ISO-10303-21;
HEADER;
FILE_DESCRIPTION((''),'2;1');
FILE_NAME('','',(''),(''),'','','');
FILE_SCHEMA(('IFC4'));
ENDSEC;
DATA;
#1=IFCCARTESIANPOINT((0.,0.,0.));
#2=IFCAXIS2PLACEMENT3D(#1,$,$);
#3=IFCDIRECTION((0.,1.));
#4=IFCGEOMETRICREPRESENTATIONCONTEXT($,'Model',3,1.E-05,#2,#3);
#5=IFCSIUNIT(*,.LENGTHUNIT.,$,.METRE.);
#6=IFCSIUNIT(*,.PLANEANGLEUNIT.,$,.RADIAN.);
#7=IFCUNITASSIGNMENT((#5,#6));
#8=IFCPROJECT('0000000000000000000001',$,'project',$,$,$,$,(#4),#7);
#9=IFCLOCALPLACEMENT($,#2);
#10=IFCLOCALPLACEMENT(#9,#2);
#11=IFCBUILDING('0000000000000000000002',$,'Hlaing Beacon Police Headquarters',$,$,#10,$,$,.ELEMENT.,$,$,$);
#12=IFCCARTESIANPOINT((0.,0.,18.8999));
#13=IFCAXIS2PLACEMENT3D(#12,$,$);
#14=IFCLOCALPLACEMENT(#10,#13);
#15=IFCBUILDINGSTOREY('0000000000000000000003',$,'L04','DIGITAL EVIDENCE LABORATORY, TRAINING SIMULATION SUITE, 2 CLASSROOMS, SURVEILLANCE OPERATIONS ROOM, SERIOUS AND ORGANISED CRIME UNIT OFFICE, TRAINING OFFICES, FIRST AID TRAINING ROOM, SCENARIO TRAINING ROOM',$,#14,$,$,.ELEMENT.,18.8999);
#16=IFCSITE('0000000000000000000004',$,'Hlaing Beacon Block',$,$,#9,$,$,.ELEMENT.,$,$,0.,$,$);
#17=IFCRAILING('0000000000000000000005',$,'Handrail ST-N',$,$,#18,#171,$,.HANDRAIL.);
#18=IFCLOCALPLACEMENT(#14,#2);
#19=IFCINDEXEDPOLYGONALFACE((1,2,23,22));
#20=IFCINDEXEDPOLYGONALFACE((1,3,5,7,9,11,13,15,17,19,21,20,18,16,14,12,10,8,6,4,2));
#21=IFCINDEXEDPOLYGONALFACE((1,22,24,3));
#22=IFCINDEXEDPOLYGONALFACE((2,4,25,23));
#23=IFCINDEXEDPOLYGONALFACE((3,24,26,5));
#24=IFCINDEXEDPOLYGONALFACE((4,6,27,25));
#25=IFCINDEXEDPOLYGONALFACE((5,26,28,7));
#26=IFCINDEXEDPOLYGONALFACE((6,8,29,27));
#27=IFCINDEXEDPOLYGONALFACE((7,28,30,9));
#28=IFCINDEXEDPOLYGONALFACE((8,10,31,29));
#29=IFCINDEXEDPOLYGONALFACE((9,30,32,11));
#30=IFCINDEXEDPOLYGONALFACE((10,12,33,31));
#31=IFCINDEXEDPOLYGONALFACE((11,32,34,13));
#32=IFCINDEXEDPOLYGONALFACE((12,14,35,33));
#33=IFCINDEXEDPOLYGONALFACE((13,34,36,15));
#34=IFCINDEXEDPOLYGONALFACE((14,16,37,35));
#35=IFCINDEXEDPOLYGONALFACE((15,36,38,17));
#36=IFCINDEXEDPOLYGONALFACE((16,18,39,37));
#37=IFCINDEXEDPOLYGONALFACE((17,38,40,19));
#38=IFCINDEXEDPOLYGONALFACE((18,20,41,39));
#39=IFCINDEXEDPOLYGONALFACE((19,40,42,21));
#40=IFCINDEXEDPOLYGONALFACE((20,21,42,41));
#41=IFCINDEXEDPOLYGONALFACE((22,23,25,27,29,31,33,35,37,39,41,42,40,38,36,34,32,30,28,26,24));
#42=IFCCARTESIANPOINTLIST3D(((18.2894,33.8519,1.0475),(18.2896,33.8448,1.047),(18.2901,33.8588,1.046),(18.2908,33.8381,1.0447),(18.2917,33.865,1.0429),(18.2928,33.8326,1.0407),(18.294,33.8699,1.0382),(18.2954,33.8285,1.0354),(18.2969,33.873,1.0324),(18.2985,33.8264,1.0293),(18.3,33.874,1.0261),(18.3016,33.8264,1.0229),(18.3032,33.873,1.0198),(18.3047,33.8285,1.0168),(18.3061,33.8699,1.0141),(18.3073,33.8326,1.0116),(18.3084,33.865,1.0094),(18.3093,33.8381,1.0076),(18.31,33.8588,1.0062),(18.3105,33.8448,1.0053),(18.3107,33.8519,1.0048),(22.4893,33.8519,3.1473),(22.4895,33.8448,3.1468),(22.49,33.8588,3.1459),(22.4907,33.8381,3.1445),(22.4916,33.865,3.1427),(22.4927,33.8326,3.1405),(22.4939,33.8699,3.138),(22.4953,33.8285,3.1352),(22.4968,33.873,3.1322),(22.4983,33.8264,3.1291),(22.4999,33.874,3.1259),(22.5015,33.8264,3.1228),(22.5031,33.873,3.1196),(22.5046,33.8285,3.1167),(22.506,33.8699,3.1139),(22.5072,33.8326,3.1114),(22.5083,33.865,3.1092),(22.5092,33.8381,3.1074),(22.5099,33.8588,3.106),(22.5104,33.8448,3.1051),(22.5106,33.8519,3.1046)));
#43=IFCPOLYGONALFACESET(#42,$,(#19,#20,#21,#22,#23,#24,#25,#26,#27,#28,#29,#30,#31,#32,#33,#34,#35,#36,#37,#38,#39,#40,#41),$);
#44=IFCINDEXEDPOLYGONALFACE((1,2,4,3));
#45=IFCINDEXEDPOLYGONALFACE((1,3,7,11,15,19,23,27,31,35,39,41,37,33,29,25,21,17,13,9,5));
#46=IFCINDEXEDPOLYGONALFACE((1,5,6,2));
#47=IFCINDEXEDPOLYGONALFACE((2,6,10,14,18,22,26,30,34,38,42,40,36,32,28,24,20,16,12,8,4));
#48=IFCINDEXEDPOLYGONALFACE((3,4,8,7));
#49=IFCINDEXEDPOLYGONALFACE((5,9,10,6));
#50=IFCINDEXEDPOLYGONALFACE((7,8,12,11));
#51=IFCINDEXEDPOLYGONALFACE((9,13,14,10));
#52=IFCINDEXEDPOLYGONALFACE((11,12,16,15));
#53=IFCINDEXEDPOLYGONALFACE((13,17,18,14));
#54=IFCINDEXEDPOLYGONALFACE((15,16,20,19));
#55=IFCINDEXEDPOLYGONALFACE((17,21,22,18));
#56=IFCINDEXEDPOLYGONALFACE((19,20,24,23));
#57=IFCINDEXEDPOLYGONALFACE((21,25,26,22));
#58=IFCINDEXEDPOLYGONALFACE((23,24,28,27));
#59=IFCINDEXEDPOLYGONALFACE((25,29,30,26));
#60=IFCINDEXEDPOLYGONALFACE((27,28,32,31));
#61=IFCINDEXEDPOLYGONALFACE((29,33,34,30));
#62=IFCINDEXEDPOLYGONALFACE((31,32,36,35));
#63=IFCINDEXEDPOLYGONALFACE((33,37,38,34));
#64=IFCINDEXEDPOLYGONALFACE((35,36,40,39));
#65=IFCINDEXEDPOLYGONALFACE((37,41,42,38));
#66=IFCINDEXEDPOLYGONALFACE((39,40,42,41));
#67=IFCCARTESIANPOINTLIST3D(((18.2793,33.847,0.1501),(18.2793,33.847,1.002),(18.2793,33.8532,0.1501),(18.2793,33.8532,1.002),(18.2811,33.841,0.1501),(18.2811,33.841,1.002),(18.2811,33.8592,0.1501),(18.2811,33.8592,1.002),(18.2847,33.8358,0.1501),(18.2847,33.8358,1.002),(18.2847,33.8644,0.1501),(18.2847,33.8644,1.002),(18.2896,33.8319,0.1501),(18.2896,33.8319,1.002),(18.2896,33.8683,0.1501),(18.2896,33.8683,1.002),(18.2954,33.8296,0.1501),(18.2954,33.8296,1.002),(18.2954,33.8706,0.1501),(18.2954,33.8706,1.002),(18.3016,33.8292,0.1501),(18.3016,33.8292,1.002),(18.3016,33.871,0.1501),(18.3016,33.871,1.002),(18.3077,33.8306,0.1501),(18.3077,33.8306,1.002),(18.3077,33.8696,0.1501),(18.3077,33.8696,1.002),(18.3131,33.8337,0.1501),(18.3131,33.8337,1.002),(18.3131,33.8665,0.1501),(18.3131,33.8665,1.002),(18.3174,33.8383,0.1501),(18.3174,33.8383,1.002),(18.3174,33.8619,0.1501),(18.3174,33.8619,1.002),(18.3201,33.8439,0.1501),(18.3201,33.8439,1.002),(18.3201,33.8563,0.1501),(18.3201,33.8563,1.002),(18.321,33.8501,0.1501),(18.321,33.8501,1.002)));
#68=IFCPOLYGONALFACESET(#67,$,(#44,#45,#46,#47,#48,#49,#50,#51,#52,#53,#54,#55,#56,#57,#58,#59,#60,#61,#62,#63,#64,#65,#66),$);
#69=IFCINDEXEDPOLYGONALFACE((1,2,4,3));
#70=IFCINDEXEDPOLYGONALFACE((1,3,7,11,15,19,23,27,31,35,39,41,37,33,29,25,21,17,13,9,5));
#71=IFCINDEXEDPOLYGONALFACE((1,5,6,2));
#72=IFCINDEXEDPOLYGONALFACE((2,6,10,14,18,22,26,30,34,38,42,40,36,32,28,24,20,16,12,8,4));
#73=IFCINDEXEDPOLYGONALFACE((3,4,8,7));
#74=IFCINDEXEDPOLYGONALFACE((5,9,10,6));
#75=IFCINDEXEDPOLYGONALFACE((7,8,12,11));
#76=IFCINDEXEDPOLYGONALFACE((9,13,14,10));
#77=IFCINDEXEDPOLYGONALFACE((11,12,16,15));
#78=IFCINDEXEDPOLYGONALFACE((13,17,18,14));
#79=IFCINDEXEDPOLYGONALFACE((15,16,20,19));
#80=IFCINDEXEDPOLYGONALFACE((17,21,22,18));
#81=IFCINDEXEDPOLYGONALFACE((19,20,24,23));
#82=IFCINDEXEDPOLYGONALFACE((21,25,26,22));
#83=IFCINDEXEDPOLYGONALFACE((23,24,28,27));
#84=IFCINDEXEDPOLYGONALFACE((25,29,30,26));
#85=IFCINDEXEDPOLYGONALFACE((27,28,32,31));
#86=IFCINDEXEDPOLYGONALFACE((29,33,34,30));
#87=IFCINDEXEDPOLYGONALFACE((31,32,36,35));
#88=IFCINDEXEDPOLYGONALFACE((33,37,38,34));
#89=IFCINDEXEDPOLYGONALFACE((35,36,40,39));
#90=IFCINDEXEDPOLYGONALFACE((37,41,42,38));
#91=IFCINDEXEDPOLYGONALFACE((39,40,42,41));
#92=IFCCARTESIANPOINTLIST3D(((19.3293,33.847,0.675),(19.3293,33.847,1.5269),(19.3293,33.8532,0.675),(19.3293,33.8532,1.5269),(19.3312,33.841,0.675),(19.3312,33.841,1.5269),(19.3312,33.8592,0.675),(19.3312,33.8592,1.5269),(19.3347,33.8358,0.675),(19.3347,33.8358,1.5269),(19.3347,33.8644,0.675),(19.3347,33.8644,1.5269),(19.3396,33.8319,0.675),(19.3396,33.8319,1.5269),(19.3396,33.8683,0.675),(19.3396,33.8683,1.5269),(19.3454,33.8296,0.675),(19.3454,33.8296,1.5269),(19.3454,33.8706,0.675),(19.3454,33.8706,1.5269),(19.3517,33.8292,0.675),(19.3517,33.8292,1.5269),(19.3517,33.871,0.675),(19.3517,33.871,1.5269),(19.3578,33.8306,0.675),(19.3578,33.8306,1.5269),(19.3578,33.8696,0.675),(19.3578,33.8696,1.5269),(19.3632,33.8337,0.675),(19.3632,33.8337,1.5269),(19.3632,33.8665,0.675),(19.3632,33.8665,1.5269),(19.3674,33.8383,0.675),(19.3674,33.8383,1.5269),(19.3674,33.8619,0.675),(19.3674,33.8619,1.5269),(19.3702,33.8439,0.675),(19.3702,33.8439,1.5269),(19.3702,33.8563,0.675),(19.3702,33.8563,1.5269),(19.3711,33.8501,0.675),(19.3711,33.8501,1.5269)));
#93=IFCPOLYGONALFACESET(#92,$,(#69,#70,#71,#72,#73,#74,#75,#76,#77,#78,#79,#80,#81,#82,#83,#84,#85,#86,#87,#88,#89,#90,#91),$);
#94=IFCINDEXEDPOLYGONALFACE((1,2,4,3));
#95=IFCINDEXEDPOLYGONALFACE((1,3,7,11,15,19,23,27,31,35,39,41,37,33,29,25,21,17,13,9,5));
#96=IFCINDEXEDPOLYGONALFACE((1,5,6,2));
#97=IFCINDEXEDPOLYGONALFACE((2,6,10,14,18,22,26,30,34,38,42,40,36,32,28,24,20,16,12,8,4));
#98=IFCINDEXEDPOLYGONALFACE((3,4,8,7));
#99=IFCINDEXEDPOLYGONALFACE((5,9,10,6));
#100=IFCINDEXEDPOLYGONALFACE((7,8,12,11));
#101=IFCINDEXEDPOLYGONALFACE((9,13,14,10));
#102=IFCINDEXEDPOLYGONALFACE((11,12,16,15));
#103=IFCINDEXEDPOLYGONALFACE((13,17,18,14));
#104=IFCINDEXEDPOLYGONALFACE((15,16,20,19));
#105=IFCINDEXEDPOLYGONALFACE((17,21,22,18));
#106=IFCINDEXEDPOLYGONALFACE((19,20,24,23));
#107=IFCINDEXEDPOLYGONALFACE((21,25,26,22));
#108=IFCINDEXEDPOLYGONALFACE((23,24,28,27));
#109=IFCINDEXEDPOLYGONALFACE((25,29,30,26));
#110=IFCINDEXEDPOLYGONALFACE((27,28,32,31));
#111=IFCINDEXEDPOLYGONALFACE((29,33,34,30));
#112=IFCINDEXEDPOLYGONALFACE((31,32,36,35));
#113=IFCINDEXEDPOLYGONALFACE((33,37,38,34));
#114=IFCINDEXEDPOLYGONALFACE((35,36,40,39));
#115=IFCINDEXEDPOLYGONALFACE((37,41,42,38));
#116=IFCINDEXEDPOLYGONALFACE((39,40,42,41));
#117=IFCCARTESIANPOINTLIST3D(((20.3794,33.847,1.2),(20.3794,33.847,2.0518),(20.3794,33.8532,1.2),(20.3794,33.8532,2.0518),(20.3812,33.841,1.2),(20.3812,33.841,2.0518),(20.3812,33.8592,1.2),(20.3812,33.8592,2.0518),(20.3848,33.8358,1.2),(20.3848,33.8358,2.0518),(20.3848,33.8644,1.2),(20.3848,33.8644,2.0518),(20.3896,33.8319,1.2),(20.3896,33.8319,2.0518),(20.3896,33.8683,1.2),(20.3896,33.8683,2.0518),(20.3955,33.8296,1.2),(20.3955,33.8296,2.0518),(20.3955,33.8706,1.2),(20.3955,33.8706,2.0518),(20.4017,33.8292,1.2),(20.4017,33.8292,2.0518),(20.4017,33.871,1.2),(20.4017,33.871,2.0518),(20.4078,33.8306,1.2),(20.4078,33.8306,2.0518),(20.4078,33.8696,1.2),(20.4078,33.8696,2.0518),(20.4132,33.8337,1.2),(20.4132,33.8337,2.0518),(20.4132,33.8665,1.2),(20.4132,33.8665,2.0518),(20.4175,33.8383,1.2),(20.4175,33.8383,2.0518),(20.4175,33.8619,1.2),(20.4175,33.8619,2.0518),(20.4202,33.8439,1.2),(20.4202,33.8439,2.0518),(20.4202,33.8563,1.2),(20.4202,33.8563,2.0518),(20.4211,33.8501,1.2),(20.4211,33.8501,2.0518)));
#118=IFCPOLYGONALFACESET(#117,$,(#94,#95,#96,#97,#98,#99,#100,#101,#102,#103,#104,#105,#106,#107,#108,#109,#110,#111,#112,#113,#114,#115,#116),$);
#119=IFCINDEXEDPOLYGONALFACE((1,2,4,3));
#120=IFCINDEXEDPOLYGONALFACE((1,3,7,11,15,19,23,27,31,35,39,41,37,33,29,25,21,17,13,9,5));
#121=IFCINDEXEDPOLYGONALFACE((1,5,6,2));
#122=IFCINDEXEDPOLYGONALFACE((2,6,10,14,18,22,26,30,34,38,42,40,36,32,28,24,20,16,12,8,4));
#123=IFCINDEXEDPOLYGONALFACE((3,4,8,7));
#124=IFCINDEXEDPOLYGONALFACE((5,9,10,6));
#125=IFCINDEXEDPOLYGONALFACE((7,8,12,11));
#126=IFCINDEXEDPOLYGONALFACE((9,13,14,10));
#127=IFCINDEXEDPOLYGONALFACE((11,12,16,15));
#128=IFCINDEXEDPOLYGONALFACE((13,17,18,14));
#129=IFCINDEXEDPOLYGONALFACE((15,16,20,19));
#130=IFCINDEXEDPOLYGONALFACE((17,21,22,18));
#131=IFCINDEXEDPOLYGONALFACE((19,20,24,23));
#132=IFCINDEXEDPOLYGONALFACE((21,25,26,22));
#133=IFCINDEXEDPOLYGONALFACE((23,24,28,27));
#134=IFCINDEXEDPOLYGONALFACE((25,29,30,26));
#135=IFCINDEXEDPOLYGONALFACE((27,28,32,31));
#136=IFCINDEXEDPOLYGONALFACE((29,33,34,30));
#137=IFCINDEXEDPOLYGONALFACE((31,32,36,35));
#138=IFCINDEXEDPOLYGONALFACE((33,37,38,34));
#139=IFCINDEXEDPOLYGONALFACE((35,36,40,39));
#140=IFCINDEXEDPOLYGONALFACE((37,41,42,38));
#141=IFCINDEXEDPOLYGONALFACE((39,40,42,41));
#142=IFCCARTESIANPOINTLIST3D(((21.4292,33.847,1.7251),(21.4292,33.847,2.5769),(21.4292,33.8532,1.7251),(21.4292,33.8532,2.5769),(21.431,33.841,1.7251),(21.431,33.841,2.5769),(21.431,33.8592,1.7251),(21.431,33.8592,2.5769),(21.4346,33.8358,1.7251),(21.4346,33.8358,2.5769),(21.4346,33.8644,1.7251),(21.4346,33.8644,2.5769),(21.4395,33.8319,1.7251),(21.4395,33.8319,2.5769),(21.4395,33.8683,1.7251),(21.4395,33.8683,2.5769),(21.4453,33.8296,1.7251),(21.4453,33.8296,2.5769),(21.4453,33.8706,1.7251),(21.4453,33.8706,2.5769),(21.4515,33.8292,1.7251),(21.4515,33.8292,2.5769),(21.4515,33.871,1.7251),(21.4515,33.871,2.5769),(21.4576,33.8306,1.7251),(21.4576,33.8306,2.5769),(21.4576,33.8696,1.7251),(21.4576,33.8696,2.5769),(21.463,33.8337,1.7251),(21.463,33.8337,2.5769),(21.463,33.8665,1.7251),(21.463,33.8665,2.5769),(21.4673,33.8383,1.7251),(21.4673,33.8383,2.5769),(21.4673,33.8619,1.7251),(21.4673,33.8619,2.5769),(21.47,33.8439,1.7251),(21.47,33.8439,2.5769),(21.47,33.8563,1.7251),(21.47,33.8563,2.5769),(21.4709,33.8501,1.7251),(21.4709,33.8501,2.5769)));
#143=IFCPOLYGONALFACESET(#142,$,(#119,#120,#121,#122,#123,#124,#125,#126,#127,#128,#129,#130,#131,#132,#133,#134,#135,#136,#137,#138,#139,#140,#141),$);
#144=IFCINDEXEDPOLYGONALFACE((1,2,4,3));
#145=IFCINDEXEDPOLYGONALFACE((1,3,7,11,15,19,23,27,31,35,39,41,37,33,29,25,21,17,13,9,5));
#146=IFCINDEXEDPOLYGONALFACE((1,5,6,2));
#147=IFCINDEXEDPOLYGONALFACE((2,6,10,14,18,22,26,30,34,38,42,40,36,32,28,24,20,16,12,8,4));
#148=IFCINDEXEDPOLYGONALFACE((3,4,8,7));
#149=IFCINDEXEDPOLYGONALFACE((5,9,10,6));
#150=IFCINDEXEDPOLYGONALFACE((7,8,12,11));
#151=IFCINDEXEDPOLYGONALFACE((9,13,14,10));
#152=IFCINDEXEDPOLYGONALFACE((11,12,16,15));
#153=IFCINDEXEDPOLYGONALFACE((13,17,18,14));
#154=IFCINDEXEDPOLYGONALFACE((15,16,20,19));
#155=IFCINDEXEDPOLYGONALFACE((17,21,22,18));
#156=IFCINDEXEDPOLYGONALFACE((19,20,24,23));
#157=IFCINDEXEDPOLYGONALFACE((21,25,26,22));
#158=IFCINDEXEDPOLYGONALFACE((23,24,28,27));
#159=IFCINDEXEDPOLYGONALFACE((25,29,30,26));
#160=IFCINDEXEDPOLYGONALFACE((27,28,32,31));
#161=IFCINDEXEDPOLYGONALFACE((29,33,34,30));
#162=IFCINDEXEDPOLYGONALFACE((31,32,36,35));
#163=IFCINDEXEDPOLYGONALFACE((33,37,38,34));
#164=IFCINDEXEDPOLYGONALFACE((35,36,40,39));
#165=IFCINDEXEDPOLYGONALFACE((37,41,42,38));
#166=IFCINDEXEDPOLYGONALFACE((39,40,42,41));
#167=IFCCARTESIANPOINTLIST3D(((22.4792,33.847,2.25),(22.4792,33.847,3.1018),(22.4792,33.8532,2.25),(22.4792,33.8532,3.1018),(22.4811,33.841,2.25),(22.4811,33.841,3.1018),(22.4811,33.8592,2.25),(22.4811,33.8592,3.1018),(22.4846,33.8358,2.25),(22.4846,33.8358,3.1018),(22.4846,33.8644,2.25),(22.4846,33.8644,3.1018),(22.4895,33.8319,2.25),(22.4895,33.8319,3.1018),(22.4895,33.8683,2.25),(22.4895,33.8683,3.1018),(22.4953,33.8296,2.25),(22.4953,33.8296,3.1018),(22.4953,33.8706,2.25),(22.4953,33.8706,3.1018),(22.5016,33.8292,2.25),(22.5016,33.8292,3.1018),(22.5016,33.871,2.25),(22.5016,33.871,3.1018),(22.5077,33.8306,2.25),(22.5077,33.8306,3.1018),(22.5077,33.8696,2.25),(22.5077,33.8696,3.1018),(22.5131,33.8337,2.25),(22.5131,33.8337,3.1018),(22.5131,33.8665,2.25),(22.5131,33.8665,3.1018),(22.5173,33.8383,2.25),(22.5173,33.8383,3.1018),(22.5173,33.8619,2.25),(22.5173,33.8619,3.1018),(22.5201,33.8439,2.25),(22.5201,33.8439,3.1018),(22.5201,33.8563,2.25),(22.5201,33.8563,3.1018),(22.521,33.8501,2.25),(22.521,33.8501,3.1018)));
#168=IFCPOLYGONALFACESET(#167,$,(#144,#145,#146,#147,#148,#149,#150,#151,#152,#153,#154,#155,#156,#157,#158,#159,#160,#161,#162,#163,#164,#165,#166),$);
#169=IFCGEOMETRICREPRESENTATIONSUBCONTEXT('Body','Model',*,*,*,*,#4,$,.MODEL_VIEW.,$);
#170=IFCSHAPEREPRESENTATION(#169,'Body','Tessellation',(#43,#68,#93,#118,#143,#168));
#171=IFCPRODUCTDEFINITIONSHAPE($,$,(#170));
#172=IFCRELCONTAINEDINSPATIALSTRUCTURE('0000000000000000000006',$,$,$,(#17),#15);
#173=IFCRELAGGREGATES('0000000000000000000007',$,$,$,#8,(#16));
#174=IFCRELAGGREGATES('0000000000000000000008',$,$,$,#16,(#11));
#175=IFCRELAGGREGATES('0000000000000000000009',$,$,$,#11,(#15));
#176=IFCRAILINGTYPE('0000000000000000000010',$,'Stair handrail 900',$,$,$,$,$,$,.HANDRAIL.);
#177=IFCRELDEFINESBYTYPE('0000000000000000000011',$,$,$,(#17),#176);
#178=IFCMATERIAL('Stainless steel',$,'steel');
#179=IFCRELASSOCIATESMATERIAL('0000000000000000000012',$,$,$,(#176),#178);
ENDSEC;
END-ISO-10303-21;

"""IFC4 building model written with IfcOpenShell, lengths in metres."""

from ifc_helpers import new_model, si_unit, direction, frame, origin, origin_2d, place, context, subcontext, project, spatial, circle, extrude, material, type_object, element, save


model = new_model("IFC4")

# Units and contexts
model_context = context("Model", 3, precision=1e-05, world=origin(), true_north=direction((0.0, 1.0)))
body_context = subcontext(model_context, "Body", "Model", "MODEL_VIEW")
ifc_project = project(units=[si_unit("LENGTHUNIT", "METRE"), si_unit("PLANEANGLEUNIT", "RADIAN")], contexts=[model_context])

# Site, building, storey
site_placement = place(None, origin())
site = spatial("IfcSite", under=ifc_project, at=site_placement, Name="Hlaing Beacon Block", CompositionType="ELEMENT", RefElevation=0.0)
building_placement = place(site_placement, origin())
building = spatial("IfcBuilding", under=site, at=building_placement, Name="Hlaing Beacon Police Headquarters", CompositionType="ELEMENT")
storey_placement = place(building_placement, frame((0.0, 0.0, 18.8999)))
storey = spatial("IfcBuildingStorey", under=building, at=storey_placement, Name="L04", Description="DIGITAL EVIDENCE LABORATORY, TRAINING SIMULATION SUITE, 2 CLASSROOMS, SURVEILLANCE OPERATIONS ROOM, SERIOUS AND ORGANISED CRIME UNIT OFFICE, TRAINING OFFICES, FIRST AID TRAINING ROOM, SCENARIO TRAINING ROOM", CompositionType="ELEMENT", Elevation=18.8999)

# Railing
ifc_material_1 = material(Name="Stainless steel", Category="steel")
railing_type_1 = type_object("IfcRailingType", Name="Stair handrail 900", PredefinedType="HANDRAIL", material=ifc_material_1)
for number, where, name in (
    (1, (18.3, 33.8501, 0.1501), "Handrail ST-N"),
):
    element("IfcRailing", number, at=place(storey_placement, frame(where)), inside=storey, type_object=railing_type_1, Name=name, PredefinedType="HANDRAIL", context=body_context, shape_type="SweptSolid", body=[
        extrude(circle(Radius=0.0239, at=origin_2d()), frame((0.0, 0.0, 0.876), z_axis=(0.894438, 0.0, 0.447193), x_axis=(0.0, 1.0, 0.0)), (0.0, 0.0, 1.0), 4.6956),
        extrude(circle(Radius=0.021, at=origin_2d()), origin(), (0.0, 0.0, 1.0), 0.8518),
        extrude(circle(Radius=0.021, at=origin_2d()), frame((1.05, 0.0, 0.5249)), (0.0, 0.0, 1.0), 0.8518),
        extrude(circle(Radius=0.021, at=origin_2d()), frame((2.1001, 0.0, 1.0498)), (0.0, 0.0, 1.0), 0.8518),
        extrude(circle(Radius=0.021, at=origin_2d()), frame((3.1499, 0.0, 1.575)), (0.0, 0.0, 1.0), 0.8518),
        extrude(circle(Radius=0.021, at=origin_2d()), frame((4.2, 0.0, 2.0999)), (0.0, 0.0, 1.0), 0.8518),
    ])

save(model, "model.ifc")
